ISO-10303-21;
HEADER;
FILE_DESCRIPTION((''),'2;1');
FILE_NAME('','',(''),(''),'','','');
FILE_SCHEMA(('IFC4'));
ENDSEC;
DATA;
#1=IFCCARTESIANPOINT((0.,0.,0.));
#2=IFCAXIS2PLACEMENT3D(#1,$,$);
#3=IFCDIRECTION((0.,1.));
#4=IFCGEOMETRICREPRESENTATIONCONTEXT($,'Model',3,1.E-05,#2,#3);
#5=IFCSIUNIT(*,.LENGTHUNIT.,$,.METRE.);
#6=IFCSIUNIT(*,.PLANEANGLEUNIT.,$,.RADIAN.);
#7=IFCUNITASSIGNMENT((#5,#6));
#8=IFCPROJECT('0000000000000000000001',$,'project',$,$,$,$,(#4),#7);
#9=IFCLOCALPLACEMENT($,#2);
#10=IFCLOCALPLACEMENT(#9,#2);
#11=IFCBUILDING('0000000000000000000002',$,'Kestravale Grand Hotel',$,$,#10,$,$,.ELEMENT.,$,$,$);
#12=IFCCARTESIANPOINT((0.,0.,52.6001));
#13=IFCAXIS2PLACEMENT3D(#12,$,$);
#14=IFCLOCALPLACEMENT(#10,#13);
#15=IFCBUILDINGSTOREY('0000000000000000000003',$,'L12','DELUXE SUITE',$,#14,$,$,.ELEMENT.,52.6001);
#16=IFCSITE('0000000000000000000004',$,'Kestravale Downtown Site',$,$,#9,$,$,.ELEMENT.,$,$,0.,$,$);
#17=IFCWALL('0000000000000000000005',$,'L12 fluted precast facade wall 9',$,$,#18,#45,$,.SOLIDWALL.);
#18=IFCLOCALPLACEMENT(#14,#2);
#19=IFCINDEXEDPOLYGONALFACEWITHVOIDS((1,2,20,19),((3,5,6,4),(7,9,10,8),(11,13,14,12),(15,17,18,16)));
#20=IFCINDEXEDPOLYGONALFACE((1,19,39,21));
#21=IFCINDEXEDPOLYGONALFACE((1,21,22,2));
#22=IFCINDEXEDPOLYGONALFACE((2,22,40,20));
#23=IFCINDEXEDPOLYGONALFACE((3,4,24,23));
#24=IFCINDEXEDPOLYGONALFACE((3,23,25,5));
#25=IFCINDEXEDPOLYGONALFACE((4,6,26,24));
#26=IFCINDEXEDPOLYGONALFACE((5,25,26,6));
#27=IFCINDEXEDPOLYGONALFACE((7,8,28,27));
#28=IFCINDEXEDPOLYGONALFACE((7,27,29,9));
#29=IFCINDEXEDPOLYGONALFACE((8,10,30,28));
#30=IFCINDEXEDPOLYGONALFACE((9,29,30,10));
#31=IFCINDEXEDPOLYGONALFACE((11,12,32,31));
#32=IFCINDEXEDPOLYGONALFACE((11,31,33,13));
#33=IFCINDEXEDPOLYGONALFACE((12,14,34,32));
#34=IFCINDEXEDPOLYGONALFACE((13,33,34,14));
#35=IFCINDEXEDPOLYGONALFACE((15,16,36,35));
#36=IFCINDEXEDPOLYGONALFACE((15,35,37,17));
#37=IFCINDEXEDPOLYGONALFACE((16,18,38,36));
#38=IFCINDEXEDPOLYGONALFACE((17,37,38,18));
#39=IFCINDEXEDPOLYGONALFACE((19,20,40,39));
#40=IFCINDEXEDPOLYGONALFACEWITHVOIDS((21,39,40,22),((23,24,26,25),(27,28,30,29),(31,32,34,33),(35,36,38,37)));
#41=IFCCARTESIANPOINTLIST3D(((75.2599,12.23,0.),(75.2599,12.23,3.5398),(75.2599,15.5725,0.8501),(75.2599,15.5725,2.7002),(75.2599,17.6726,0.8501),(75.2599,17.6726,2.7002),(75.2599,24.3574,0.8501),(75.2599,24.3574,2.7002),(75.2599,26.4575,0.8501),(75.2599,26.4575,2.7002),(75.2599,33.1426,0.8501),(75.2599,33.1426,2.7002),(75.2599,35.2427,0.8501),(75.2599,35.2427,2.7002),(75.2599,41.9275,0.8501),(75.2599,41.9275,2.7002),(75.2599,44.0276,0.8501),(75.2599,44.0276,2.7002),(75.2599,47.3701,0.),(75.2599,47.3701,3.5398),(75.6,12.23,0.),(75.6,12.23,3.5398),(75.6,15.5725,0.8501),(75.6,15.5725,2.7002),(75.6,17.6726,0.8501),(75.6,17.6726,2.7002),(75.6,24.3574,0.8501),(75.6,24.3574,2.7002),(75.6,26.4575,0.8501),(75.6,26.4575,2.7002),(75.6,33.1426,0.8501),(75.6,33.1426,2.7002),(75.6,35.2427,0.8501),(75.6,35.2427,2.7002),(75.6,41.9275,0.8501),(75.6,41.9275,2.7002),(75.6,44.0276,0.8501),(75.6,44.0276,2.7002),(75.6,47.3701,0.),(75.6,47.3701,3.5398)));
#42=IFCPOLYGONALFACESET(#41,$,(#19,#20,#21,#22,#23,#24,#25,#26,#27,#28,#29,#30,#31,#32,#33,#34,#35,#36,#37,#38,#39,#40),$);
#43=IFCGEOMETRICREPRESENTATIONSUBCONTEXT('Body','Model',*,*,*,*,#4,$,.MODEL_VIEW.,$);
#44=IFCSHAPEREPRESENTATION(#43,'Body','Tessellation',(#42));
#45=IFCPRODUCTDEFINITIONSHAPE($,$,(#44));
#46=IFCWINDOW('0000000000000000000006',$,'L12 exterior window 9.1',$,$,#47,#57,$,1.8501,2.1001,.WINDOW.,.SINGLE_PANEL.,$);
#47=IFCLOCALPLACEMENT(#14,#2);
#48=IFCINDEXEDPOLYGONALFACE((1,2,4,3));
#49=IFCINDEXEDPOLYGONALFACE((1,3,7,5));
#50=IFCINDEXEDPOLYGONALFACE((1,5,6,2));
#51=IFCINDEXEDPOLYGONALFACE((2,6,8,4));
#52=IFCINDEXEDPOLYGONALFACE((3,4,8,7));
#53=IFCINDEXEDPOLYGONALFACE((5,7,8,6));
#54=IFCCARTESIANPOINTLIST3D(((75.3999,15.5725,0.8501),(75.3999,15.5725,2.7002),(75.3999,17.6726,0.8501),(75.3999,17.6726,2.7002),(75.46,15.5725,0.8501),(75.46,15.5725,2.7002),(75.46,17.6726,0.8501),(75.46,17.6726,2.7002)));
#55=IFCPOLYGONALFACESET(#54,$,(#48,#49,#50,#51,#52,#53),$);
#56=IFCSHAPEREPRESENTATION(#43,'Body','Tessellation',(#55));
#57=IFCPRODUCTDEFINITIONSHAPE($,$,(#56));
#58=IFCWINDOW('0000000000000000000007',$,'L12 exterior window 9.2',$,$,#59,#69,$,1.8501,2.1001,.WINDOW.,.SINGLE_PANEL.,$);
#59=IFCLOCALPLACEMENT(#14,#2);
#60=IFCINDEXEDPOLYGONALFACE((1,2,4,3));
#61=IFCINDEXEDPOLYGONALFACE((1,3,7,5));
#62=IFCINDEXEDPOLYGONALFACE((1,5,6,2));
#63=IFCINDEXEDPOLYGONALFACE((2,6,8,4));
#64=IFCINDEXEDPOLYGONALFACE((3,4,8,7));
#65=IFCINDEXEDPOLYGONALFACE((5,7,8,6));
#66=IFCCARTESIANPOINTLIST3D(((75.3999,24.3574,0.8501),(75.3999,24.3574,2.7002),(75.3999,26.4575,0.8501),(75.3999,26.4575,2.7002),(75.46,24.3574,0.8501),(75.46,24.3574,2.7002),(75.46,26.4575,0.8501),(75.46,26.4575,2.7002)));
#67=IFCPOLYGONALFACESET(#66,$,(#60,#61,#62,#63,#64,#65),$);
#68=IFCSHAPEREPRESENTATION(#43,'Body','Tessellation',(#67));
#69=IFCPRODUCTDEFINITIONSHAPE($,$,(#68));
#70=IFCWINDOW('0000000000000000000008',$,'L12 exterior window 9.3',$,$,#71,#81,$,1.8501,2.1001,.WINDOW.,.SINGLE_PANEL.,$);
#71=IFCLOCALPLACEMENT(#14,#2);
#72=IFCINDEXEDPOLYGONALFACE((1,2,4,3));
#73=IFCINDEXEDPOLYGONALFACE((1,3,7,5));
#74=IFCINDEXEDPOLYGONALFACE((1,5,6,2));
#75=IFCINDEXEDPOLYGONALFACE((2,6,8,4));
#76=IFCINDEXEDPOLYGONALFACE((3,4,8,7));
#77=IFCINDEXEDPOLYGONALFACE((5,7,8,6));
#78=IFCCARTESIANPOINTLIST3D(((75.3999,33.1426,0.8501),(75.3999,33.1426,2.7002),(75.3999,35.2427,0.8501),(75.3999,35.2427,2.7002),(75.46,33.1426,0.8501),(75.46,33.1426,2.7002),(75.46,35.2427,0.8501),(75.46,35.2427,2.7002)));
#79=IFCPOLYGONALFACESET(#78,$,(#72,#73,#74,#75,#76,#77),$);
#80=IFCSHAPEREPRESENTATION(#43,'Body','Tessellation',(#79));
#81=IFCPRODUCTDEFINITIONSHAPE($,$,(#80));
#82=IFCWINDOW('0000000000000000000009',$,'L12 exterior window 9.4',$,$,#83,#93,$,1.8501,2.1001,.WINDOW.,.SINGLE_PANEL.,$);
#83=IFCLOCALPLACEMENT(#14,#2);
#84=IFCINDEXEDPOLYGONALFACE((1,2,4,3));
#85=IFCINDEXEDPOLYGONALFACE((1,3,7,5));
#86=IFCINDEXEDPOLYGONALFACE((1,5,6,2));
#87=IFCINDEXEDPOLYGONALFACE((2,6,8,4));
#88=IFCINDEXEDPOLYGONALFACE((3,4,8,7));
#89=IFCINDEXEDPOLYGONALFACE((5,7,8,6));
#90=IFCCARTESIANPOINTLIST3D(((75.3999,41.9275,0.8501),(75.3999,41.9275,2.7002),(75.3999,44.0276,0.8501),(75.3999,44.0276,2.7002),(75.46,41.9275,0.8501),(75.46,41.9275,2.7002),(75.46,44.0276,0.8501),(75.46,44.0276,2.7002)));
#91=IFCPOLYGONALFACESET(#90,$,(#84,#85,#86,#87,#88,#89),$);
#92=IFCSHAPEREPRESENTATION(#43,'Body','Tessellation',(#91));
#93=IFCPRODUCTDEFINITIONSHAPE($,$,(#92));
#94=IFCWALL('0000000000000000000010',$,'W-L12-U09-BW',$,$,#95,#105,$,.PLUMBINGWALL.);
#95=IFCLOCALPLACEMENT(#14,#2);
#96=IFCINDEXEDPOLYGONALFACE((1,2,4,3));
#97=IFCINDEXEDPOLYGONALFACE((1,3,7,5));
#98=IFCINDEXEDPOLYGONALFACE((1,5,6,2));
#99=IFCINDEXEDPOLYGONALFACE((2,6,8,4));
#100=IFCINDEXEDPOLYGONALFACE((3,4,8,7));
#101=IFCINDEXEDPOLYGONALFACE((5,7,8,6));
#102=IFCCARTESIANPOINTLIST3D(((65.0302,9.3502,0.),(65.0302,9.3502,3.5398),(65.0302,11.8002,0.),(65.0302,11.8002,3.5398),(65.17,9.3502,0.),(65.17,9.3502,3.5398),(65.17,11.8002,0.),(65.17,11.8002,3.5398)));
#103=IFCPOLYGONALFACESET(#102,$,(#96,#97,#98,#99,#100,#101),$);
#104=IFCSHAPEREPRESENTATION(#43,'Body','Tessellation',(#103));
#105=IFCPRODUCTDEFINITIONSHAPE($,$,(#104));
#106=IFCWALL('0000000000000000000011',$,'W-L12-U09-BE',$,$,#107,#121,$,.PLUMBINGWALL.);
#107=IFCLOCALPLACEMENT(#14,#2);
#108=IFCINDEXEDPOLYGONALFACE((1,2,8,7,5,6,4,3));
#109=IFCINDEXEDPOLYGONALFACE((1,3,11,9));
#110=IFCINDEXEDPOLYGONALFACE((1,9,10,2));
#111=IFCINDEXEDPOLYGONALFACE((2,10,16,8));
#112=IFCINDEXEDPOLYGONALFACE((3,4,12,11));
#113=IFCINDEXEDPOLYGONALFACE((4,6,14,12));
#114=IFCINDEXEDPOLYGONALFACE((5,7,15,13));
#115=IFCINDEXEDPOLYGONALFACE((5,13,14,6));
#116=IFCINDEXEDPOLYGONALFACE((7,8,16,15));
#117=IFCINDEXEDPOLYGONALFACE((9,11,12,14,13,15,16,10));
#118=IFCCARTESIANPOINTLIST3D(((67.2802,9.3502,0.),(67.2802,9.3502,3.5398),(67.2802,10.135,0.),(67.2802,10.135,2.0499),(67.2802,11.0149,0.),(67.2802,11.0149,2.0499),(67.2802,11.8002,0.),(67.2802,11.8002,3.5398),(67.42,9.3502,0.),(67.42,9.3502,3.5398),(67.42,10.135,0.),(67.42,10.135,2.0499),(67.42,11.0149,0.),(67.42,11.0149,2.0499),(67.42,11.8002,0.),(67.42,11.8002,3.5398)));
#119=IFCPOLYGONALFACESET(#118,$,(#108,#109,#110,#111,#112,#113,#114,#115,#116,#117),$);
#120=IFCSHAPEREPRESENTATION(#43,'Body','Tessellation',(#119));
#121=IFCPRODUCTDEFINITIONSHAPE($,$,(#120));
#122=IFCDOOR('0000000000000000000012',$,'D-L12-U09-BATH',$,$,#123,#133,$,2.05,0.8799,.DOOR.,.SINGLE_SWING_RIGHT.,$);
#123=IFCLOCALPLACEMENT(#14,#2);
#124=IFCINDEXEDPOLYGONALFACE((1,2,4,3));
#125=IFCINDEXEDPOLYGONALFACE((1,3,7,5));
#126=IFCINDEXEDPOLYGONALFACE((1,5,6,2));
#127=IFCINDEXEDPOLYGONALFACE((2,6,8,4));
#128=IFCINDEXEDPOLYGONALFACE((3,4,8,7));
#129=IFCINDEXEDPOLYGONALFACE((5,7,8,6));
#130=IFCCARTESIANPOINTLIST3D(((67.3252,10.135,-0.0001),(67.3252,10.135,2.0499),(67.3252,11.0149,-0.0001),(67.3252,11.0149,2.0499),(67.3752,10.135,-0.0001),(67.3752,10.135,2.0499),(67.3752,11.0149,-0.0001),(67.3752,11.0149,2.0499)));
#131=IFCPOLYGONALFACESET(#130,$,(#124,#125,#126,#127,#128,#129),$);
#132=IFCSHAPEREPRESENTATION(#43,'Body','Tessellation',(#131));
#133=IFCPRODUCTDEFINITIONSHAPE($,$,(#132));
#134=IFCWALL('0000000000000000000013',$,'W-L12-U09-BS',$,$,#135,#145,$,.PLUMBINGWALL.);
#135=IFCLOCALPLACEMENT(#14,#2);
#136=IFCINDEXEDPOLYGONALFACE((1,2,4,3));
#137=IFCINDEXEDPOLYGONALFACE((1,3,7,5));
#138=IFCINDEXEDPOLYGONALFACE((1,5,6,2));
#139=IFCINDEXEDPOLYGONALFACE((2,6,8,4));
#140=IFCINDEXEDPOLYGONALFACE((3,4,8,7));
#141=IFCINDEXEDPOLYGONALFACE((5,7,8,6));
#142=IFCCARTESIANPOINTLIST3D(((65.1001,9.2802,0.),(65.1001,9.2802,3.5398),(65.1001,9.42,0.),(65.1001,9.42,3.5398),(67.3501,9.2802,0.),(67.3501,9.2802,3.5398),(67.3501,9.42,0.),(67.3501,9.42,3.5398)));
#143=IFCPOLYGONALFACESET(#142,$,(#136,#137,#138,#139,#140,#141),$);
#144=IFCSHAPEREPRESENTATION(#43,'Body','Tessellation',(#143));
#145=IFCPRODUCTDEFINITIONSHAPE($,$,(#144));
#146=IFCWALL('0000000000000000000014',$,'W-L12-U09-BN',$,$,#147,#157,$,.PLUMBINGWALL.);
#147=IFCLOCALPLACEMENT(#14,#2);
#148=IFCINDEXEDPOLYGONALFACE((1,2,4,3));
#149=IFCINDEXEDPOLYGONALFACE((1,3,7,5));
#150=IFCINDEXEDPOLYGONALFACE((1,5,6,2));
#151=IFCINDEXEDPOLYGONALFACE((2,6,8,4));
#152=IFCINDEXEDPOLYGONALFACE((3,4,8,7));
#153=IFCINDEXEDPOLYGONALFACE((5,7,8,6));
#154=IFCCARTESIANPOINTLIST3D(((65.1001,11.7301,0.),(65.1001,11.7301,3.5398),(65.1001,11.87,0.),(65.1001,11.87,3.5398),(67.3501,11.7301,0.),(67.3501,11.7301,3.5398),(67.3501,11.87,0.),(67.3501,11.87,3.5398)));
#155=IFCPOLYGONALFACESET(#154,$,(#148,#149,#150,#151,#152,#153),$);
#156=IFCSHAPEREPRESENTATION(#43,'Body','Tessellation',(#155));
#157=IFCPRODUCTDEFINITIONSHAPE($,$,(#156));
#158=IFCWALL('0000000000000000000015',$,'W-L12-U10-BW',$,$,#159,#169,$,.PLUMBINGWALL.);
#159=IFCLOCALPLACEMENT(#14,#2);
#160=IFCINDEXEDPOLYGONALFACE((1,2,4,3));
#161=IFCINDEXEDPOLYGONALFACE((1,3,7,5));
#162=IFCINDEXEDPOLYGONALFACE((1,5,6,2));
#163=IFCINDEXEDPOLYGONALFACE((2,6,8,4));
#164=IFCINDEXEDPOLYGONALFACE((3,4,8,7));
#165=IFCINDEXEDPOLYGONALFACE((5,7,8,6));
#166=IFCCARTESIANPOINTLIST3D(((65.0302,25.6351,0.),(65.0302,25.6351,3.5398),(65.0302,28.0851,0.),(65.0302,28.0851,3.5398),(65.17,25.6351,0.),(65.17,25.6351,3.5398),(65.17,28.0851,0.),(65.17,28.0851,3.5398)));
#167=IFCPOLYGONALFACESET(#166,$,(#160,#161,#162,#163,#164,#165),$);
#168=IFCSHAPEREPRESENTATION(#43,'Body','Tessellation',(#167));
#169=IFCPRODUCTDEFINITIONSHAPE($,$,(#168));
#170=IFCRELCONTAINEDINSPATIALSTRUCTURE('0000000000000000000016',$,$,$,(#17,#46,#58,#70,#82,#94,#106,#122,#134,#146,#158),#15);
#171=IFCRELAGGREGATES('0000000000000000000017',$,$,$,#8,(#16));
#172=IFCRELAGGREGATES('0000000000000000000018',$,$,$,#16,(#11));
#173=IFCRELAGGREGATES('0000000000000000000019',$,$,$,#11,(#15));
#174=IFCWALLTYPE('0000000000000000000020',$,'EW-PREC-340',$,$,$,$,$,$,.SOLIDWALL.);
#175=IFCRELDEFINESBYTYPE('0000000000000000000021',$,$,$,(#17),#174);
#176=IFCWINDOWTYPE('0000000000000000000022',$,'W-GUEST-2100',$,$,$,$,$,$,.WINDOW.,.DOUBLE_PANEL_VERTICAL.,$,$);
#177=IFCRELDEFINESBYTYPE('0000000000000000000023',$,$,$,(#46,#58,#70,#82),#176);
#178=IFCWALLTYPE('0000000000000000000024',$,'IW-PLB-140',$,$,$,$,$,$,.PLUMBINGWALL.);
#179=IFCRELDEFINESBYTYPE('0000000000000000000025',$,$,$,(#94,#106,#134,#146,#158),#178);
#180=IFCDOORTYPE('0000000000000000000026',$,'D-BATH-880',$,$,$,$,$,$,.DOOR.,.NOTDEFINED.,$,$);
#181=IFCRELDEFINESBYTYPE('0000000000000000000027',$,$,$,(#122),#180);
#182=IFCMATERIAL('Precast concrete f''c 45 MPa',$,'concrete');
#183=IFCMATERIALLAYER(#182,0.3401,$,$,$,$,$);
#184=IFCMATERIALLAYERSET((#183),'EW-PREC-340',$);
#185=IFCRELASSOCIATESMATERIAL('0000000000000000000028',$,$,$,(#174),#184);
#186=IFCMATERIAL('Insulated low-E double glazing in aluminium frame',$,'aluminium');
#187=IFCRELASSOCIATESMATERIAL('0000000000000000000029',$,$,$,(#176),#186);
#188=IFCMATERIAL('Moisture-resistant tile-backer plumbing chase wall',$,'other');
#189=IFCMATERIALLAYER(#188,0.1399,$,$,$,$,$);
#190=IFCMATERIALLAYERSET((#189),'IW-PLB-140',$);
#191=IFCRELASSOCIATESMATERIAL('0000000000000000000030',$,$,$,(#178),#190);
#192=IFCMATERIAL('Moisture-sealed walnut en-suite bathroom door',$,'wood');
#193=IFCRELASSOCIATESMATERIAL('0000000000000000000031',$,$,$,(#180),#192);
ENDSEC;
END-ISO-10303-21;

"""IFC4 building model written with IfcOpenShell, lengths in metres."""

from ifc_helpers import new_model, si_unit, direction, frame, frame_2d, origin, place, context, subcontext, project, spatial, rectangle, extrude, material, layer, layer_set, type_object, element, fill, save


model = new_model("IFC4")

# Units and contexts
model_context = context("Model", 3, precision=1e-05, world=origin(), true_north=direction((0.0, 1.0)))
body_context = subcontext(model_context, "Body", "Model", "MODEL_VIEW")
ifc_project = project(units=[si_unit("LENGTHUNIT", "METRE"), si_unit("PLANEANGLEUNIT", "RADIAN")], contexts=[model_context])

# Site, building, storey
site_placement = place(None, origin())
site = spatial("IfcSite", under=ifc_project, at=site_placement, Name="Kestravale Downtown Site", CompositionType="ELEMENT", RefElevation=0.0)
building_placement = place(site_placement, origin())
building = spatial("IfcBuilding", under=site, at=building_placement, Name="Kestravale Grand Hotel", CompositionType="ELEMENT")
storey_placement = place(building_placement, frame((0.0, 0.0, 52.6001)))
storey = spatial("IfcBuildingStorey", under=building, at=storey_placement, Name="L12", Description="DELUXE SUITE", CompositionType="ELEMENT", Elevation=52.6001)

# Shared definitions
ifc_material_1 = material(Name="Precast concrete f'c 45 MPa", Category="concrete")
ifc_layer_1 = layer(ifc_material_1, 0.3401)
ifc_layer_set_1 = layer_set([ifc_layer_1], Name="EW-PREC-340")
wall_type_1 = type_object("IfcWallType", Name="EW-PREC-340", PredefinedType="SOLIDWALL", material=ifc_layer_set_1)
ifc_material_2 = material(Name="Insulated low-E double glazing in aluminium frame", Category="aluminium")
window_type = type_object("IfcWindowType", Name="W-GUEST-2100", PartitioningType="DOUBLE_PANEL_VERTICAL", PredefinedType="WINDOW", material=ifc_material_2)

# Wall, openings, windows
wall_1_placement = place(storey_placement, frame((75.4299, 12.23, 0.0), z_axis=(0.0, 0.0, 1.0), x_axis=(0.0, 1.0, 0.0)))
wall_1 = element("IfcWall", 1, at=wall_1_placement, inside=storey, type_object=wall_type_1, Name="L12 fluted precast facade wall 9", PredefinedType="SOLIDWALL", context=body_context, shape_type="SweptSolid", body=[
    extrude(rectangle(XDim=35.1401, YDim=0.3401, at=frame_2d((17.5701, 0.0))), origin(), (0.0, 0.0, 1.0), 3.5398),
])
opening_1_placement = place(wall_1_placement, frame((3.3425, 0.0, 0.8501)))
opening_1 = element("IfcOpeningElement", 2, at=opening_1_placement, cuts=wall_1, PredefinedType="OPENING", context=body_context, shape_type="SweptSolid", body=[
    extrude(rectangle(XDim=2.1001, YDim=1.8501, at=frame_2d((1.05, 0.925))), frame((0.0, 0.1799, 0.0), z_axis=(0.0, -1.0, 0.0), x_axis=(1.0, 0.0, 0.0)), (0.0, 0.0, 1.0), 0.3601),
])
opening_2_placement = place(wall_1_placement, frame((12.1274, 0.0, 0.8501)))
opening_2 = element("IfcOpeningElement", 3, at=opening_2_placement, cuts=wall_1, PredefinedType="OPENING", context=body_context, shape_type="SweptSolid", body=[
    extrude(rectangle(XDim=2.1001, YDim=1.8501, at=frame_2d((1.05, 0.925))), frame((0.0, 0.1799, 0.0), z_axis=(0.0, -1.0, 0.0), x_axis=(1.0, 0.0, 0.0)), (0.0, 0.0, 1.0), 0.3601),
])
opening_3_placement = place(wall_1_placement, frame((20.9126, 0.0, 0.8501)))
opening_3 = element("IfcOpeningElement", 4, at=opening_3_placement, cuts=wall_1, PredefinedType="OPENING", context=body_context, shape_type="SweptSolid", body=[
    extrude(rectangle(XDim=2.1001, YDim=1.8501, at=frame_2d((1.05, 0.925))), frame((0.0, 0.1799, 0.0), z_axis=(0.0, -1.0, 0.0), x_axis=(1.0, 0.0, 0.0)), (0.0, 0.0, 1.0), 0.3601),
])
opening_4_placement = place(wall_1_placement, frame((29.6975, 0.0, 0.8501)))
opening_4 = element("IfcOpeningElement", 5, at=opening_4_placement, cuts=wall_1, PredefinedType="OPENING", context=body_context, shape_type="SweptSolid", body=[
    extrude(rectangle(XDim=2.1001, YDim=1.8501, at=frame_2d((1.05, 0.925))), frame((0.0, 0.1799, 0.0), z_axis=(0.0, -1.0, 0.0), x_axis=(1.0, 0.0, 0.0)), (0.0, 0.0, 1.0), 0.3601),
])
window_1_placement = place(opening_1_placement, origin())
window_1 = element("IfcWindow", 6, at=window_1_placement, inside=storey, type_object=window_type, Name="L12 exterior window 9.1", OverallHeight=1.8501, OverallWidth=2.1001, PartitioningType="SINGLE_PANEL", PredefinedType="WINDOW", context=body_context, shape_type="SweptSolid", body=[
    extrude(rectangle(XDim=2.1001, YDim=1.8501, at=frame_2d((1.05, 0.925))), frame((0.0, 0.03, 0.0), z_axis=(0.0, -1.0, 0.0), x_axis=(1.0, 0.0, 0.0)), (0.0, 0.0, 1.0), 0.0601),
])
fill(opening_1, window_1)
window_2_placement = place(opening_2_placement, origin())
window_2 = element("IfcWindow", 7, at=window_2_placement, inside=storey, type_object=window_type, Name="L12 exterior window 9.2", OverallHeight=1.8501, OverallWidth=2.1001, PartitioningType="SINGLE_PANEL", PredefinedType="WINDOW", context=body_context, shape_type="SweptSolid", body=[
    extrude(rectangle(XDim=2.1001, YDim=1.8501, at=frame_2d((1.05, 0.925))), frame((0.0, 0.03, 0.0), z_axis=(0.0, -1.0, 0.0), x_axis=(1.0, 0.0, 0.0)), (0.0, 0.0, 1.0), 0.0601),
])
fill(opening_2, window_2)
window_3_placement = place(opening_3_placement, origin())
window_3 = element("IfcWindow", 8, at=window_3_placement, inside=storey, type_object=window_type, Name="L12 exterior window 9.3", OverallHeight=1.8501, OverallWidth=2.1001, PartitioningType="SINGLE_PANEL", PredefinedType="WINDOW", context=body_context, shape_type="SweptSolid", body=[
    extrude(rectangle(XDim=2.1001, YDim=1.8501, at=frame_2d((1.05, 0.925))), frame((0.0, 0.03, 0.0), z_axis=(0.0, -1.0, 0.0), x_axis=(1.0, 0.0, 0.0)), (0.0, 0.0, 1.0), 0.0601),
])
fill(opening_3, window_3)
window_4_placement = place(opening_4_placement, origin())
window_4 = element("IfcWindow", 9, at=window_4_placement, inside=storey, type_object=window_type, Name="L12 exterior window 9.4", OverallHeight=1.8501, OverallWidth=2.1001, PartitioningType="SINGLE_PANEL", PredefinedType="WINDOW", context=body_context, shape_type="SweptSolid", body=[
    extrude(rectangle(XDim=2.1001, YDim=1.8501, at=frame_2d((1.05, 0.925))), frame((0.0, 0.03, 0.0), z_axis=(0.0, -1.0, 0.0), x_axis=(1.0, 0.0, 0.0)), (0.0, 0.0, 1.0), 0.0601),
])
fill(opening_4, window_4)

# Wall
ifc_material_3 = material(Name="Moisture-resistant tile-backer plumbing chase wall", Category="other")
ifc_layer_2 = layer(ifc_material_3, 0.1399)
ifc_layer_set_2 = layer_set([ifc_layer_2], Name="IW-PLB-140")
wall_type_2 = type_object("IfcWallType", Name="IW-PLB-140", PredefinedType="PLUMBINGWALL", material=ifc_layer_set_2)
wall_2_placement = place(storey_placement, frame((65.1001, 9.3501, 0.0), z_axis=(0.0, 0.0, 1.0), x_axis=(0.0, 1.0, 0.0)))
element("IfcWall", 10, at=wall_2_placement, inside=storey, type_object=wall_type_2, Name="W-L12-U09-BW", PredefinedType="PLUMBINGWALL", context=body_context, shape_type="SweptSolid", body=[
    extrude(rectangle(XDim=2.45, YDim=0.1399, at=frame_2d((1.2251, 0.0))), origin(), (0.0, 0.0, 1.0), 3.5398),
])

# Wall, opening, door
wall_3_placement = place(storey_placement, frame((67.3501, 9.3501, 0.0), z_axis=(0.0, 0.0, 1.0), x_axis=(0.0, 1.0, 0.0)))
wall_3 = element("IfcWall", 11, at=wall_3_placement, inside=storey, type_object=wall_type_2, Name="W-L12-U09-BE", PredefinedType="PLUMBINGWALL", context=body_context, shape_type="SweptSolid", body=[
    extrude(rectangle(XDim=2.45, YDim=0.1399, at=frame_2d((1.2251, 0.0))), origin(), (0.0, 0.0, 1.0), 3.5398),
])
opening_5_placement = place(wall_3_placement, frame((0.7849, 0.0, 0.0)))
opening_5 = element("IfcOpeningElement", 12, at=opening_5_placement, cuts=wall_3, PredefinedType="OPENING", context=body_context, shape_type="SweptSolid", body=[
    extrude(rectangle(XDim=0.8799, YDim=2.05, at=frame_2d((0.4399, 1.0249))), frame((0.0, 0.0798, 0.0), z_axis=(0.0, -1.0, 0.0), x_axis=(1.0, 0.0, 0.0)), (0.0, 0.0, 1.0), 0.1599),
])
ifc_material_4 = material(Name="Moisture-sealed walnut en-suite bathroom door", Category="wood")
door_type = type_object("IfcDoorType", Name="D-BATH-880", OperationType="NOTDEFINED", PredefinedType="DOOR", material=ifc_material_4)
door_1_placement = place(opening_5_placement, origin())
door_1 = element("IfcDoor", 13, at=door_1_placement, inside=storey, type_object=door_type, Name="D-L12-U09-BATH", OperationType="SINGLE_SWING_RIGHT", OverallHeight=2.05, OverallWidth=0.8799, PredefinedType="DOOR", context=body_context, shape_type="SweptSolid", body=[
    extrude(rectangle(XDim=0.8799, YDim=2.05, at=frame_2d((0.4399, 1.0249))), frame((0.0, 0.0249, 0.0), z_axis=(0.0, -1.0, 0.0), x_axis=(1.0, 0.0, 0.0)), (0.0, 0.0, 1.0), 0.05),
])
fill(opening_5, door_1)

# Walls
for number, where, z_axis, x_axis, name in (
    (14, (65.1001, 9.3501, 0.0), (0.0, 0.0, 1.0), (1.0, 0.0, 0.0), "W-L12-U09-BS"),
    (15, (65.1001, 11.8, 0.0), (0.0, 0.0, 1.0), (1.0, 0.0, 0.0), "W-L12-U09-BN"),
):
    element("IfcWall", number, at=place(storey_placement, frame(where, z_axis=z_axis, x_axis=x_axis)), inside=storey, type_object=wall_type_2, Name=name, PredefinedType="PLUMBINGWALL", context=body_context, shape_type="SweptSolid", body=[
        extrude(rectangle(XDim=2.25, YDim=0.1399, at=frame_2d((1.125, 0.0))), origin(), (0.0, 0.0, 1.0), 3.5398),
    ])
wall_4_placement = place(storey_placement, frame((65.1001, 25.635, 0.0), z_axis=(0.0, 0.0, 1.0), x_axis=(0.0, 1.0, 0.0)))
element("IfcWall", 16, at=wall_4_placement, inside=storey, type_object=wall_type_2, Name="W-L12-U10-BW", PredefinedType="PLUMBINGWALL", context=body_context, shape_type="SweptSolid", body=[
    extrude(rectangle(XDim=2.45, YDim=0.1399, at=frame_2d((1.2251, 0.0))), origin(), (0.0, 0.0, 1.0), 3.5398),
])

save(model, "model.ifc")
